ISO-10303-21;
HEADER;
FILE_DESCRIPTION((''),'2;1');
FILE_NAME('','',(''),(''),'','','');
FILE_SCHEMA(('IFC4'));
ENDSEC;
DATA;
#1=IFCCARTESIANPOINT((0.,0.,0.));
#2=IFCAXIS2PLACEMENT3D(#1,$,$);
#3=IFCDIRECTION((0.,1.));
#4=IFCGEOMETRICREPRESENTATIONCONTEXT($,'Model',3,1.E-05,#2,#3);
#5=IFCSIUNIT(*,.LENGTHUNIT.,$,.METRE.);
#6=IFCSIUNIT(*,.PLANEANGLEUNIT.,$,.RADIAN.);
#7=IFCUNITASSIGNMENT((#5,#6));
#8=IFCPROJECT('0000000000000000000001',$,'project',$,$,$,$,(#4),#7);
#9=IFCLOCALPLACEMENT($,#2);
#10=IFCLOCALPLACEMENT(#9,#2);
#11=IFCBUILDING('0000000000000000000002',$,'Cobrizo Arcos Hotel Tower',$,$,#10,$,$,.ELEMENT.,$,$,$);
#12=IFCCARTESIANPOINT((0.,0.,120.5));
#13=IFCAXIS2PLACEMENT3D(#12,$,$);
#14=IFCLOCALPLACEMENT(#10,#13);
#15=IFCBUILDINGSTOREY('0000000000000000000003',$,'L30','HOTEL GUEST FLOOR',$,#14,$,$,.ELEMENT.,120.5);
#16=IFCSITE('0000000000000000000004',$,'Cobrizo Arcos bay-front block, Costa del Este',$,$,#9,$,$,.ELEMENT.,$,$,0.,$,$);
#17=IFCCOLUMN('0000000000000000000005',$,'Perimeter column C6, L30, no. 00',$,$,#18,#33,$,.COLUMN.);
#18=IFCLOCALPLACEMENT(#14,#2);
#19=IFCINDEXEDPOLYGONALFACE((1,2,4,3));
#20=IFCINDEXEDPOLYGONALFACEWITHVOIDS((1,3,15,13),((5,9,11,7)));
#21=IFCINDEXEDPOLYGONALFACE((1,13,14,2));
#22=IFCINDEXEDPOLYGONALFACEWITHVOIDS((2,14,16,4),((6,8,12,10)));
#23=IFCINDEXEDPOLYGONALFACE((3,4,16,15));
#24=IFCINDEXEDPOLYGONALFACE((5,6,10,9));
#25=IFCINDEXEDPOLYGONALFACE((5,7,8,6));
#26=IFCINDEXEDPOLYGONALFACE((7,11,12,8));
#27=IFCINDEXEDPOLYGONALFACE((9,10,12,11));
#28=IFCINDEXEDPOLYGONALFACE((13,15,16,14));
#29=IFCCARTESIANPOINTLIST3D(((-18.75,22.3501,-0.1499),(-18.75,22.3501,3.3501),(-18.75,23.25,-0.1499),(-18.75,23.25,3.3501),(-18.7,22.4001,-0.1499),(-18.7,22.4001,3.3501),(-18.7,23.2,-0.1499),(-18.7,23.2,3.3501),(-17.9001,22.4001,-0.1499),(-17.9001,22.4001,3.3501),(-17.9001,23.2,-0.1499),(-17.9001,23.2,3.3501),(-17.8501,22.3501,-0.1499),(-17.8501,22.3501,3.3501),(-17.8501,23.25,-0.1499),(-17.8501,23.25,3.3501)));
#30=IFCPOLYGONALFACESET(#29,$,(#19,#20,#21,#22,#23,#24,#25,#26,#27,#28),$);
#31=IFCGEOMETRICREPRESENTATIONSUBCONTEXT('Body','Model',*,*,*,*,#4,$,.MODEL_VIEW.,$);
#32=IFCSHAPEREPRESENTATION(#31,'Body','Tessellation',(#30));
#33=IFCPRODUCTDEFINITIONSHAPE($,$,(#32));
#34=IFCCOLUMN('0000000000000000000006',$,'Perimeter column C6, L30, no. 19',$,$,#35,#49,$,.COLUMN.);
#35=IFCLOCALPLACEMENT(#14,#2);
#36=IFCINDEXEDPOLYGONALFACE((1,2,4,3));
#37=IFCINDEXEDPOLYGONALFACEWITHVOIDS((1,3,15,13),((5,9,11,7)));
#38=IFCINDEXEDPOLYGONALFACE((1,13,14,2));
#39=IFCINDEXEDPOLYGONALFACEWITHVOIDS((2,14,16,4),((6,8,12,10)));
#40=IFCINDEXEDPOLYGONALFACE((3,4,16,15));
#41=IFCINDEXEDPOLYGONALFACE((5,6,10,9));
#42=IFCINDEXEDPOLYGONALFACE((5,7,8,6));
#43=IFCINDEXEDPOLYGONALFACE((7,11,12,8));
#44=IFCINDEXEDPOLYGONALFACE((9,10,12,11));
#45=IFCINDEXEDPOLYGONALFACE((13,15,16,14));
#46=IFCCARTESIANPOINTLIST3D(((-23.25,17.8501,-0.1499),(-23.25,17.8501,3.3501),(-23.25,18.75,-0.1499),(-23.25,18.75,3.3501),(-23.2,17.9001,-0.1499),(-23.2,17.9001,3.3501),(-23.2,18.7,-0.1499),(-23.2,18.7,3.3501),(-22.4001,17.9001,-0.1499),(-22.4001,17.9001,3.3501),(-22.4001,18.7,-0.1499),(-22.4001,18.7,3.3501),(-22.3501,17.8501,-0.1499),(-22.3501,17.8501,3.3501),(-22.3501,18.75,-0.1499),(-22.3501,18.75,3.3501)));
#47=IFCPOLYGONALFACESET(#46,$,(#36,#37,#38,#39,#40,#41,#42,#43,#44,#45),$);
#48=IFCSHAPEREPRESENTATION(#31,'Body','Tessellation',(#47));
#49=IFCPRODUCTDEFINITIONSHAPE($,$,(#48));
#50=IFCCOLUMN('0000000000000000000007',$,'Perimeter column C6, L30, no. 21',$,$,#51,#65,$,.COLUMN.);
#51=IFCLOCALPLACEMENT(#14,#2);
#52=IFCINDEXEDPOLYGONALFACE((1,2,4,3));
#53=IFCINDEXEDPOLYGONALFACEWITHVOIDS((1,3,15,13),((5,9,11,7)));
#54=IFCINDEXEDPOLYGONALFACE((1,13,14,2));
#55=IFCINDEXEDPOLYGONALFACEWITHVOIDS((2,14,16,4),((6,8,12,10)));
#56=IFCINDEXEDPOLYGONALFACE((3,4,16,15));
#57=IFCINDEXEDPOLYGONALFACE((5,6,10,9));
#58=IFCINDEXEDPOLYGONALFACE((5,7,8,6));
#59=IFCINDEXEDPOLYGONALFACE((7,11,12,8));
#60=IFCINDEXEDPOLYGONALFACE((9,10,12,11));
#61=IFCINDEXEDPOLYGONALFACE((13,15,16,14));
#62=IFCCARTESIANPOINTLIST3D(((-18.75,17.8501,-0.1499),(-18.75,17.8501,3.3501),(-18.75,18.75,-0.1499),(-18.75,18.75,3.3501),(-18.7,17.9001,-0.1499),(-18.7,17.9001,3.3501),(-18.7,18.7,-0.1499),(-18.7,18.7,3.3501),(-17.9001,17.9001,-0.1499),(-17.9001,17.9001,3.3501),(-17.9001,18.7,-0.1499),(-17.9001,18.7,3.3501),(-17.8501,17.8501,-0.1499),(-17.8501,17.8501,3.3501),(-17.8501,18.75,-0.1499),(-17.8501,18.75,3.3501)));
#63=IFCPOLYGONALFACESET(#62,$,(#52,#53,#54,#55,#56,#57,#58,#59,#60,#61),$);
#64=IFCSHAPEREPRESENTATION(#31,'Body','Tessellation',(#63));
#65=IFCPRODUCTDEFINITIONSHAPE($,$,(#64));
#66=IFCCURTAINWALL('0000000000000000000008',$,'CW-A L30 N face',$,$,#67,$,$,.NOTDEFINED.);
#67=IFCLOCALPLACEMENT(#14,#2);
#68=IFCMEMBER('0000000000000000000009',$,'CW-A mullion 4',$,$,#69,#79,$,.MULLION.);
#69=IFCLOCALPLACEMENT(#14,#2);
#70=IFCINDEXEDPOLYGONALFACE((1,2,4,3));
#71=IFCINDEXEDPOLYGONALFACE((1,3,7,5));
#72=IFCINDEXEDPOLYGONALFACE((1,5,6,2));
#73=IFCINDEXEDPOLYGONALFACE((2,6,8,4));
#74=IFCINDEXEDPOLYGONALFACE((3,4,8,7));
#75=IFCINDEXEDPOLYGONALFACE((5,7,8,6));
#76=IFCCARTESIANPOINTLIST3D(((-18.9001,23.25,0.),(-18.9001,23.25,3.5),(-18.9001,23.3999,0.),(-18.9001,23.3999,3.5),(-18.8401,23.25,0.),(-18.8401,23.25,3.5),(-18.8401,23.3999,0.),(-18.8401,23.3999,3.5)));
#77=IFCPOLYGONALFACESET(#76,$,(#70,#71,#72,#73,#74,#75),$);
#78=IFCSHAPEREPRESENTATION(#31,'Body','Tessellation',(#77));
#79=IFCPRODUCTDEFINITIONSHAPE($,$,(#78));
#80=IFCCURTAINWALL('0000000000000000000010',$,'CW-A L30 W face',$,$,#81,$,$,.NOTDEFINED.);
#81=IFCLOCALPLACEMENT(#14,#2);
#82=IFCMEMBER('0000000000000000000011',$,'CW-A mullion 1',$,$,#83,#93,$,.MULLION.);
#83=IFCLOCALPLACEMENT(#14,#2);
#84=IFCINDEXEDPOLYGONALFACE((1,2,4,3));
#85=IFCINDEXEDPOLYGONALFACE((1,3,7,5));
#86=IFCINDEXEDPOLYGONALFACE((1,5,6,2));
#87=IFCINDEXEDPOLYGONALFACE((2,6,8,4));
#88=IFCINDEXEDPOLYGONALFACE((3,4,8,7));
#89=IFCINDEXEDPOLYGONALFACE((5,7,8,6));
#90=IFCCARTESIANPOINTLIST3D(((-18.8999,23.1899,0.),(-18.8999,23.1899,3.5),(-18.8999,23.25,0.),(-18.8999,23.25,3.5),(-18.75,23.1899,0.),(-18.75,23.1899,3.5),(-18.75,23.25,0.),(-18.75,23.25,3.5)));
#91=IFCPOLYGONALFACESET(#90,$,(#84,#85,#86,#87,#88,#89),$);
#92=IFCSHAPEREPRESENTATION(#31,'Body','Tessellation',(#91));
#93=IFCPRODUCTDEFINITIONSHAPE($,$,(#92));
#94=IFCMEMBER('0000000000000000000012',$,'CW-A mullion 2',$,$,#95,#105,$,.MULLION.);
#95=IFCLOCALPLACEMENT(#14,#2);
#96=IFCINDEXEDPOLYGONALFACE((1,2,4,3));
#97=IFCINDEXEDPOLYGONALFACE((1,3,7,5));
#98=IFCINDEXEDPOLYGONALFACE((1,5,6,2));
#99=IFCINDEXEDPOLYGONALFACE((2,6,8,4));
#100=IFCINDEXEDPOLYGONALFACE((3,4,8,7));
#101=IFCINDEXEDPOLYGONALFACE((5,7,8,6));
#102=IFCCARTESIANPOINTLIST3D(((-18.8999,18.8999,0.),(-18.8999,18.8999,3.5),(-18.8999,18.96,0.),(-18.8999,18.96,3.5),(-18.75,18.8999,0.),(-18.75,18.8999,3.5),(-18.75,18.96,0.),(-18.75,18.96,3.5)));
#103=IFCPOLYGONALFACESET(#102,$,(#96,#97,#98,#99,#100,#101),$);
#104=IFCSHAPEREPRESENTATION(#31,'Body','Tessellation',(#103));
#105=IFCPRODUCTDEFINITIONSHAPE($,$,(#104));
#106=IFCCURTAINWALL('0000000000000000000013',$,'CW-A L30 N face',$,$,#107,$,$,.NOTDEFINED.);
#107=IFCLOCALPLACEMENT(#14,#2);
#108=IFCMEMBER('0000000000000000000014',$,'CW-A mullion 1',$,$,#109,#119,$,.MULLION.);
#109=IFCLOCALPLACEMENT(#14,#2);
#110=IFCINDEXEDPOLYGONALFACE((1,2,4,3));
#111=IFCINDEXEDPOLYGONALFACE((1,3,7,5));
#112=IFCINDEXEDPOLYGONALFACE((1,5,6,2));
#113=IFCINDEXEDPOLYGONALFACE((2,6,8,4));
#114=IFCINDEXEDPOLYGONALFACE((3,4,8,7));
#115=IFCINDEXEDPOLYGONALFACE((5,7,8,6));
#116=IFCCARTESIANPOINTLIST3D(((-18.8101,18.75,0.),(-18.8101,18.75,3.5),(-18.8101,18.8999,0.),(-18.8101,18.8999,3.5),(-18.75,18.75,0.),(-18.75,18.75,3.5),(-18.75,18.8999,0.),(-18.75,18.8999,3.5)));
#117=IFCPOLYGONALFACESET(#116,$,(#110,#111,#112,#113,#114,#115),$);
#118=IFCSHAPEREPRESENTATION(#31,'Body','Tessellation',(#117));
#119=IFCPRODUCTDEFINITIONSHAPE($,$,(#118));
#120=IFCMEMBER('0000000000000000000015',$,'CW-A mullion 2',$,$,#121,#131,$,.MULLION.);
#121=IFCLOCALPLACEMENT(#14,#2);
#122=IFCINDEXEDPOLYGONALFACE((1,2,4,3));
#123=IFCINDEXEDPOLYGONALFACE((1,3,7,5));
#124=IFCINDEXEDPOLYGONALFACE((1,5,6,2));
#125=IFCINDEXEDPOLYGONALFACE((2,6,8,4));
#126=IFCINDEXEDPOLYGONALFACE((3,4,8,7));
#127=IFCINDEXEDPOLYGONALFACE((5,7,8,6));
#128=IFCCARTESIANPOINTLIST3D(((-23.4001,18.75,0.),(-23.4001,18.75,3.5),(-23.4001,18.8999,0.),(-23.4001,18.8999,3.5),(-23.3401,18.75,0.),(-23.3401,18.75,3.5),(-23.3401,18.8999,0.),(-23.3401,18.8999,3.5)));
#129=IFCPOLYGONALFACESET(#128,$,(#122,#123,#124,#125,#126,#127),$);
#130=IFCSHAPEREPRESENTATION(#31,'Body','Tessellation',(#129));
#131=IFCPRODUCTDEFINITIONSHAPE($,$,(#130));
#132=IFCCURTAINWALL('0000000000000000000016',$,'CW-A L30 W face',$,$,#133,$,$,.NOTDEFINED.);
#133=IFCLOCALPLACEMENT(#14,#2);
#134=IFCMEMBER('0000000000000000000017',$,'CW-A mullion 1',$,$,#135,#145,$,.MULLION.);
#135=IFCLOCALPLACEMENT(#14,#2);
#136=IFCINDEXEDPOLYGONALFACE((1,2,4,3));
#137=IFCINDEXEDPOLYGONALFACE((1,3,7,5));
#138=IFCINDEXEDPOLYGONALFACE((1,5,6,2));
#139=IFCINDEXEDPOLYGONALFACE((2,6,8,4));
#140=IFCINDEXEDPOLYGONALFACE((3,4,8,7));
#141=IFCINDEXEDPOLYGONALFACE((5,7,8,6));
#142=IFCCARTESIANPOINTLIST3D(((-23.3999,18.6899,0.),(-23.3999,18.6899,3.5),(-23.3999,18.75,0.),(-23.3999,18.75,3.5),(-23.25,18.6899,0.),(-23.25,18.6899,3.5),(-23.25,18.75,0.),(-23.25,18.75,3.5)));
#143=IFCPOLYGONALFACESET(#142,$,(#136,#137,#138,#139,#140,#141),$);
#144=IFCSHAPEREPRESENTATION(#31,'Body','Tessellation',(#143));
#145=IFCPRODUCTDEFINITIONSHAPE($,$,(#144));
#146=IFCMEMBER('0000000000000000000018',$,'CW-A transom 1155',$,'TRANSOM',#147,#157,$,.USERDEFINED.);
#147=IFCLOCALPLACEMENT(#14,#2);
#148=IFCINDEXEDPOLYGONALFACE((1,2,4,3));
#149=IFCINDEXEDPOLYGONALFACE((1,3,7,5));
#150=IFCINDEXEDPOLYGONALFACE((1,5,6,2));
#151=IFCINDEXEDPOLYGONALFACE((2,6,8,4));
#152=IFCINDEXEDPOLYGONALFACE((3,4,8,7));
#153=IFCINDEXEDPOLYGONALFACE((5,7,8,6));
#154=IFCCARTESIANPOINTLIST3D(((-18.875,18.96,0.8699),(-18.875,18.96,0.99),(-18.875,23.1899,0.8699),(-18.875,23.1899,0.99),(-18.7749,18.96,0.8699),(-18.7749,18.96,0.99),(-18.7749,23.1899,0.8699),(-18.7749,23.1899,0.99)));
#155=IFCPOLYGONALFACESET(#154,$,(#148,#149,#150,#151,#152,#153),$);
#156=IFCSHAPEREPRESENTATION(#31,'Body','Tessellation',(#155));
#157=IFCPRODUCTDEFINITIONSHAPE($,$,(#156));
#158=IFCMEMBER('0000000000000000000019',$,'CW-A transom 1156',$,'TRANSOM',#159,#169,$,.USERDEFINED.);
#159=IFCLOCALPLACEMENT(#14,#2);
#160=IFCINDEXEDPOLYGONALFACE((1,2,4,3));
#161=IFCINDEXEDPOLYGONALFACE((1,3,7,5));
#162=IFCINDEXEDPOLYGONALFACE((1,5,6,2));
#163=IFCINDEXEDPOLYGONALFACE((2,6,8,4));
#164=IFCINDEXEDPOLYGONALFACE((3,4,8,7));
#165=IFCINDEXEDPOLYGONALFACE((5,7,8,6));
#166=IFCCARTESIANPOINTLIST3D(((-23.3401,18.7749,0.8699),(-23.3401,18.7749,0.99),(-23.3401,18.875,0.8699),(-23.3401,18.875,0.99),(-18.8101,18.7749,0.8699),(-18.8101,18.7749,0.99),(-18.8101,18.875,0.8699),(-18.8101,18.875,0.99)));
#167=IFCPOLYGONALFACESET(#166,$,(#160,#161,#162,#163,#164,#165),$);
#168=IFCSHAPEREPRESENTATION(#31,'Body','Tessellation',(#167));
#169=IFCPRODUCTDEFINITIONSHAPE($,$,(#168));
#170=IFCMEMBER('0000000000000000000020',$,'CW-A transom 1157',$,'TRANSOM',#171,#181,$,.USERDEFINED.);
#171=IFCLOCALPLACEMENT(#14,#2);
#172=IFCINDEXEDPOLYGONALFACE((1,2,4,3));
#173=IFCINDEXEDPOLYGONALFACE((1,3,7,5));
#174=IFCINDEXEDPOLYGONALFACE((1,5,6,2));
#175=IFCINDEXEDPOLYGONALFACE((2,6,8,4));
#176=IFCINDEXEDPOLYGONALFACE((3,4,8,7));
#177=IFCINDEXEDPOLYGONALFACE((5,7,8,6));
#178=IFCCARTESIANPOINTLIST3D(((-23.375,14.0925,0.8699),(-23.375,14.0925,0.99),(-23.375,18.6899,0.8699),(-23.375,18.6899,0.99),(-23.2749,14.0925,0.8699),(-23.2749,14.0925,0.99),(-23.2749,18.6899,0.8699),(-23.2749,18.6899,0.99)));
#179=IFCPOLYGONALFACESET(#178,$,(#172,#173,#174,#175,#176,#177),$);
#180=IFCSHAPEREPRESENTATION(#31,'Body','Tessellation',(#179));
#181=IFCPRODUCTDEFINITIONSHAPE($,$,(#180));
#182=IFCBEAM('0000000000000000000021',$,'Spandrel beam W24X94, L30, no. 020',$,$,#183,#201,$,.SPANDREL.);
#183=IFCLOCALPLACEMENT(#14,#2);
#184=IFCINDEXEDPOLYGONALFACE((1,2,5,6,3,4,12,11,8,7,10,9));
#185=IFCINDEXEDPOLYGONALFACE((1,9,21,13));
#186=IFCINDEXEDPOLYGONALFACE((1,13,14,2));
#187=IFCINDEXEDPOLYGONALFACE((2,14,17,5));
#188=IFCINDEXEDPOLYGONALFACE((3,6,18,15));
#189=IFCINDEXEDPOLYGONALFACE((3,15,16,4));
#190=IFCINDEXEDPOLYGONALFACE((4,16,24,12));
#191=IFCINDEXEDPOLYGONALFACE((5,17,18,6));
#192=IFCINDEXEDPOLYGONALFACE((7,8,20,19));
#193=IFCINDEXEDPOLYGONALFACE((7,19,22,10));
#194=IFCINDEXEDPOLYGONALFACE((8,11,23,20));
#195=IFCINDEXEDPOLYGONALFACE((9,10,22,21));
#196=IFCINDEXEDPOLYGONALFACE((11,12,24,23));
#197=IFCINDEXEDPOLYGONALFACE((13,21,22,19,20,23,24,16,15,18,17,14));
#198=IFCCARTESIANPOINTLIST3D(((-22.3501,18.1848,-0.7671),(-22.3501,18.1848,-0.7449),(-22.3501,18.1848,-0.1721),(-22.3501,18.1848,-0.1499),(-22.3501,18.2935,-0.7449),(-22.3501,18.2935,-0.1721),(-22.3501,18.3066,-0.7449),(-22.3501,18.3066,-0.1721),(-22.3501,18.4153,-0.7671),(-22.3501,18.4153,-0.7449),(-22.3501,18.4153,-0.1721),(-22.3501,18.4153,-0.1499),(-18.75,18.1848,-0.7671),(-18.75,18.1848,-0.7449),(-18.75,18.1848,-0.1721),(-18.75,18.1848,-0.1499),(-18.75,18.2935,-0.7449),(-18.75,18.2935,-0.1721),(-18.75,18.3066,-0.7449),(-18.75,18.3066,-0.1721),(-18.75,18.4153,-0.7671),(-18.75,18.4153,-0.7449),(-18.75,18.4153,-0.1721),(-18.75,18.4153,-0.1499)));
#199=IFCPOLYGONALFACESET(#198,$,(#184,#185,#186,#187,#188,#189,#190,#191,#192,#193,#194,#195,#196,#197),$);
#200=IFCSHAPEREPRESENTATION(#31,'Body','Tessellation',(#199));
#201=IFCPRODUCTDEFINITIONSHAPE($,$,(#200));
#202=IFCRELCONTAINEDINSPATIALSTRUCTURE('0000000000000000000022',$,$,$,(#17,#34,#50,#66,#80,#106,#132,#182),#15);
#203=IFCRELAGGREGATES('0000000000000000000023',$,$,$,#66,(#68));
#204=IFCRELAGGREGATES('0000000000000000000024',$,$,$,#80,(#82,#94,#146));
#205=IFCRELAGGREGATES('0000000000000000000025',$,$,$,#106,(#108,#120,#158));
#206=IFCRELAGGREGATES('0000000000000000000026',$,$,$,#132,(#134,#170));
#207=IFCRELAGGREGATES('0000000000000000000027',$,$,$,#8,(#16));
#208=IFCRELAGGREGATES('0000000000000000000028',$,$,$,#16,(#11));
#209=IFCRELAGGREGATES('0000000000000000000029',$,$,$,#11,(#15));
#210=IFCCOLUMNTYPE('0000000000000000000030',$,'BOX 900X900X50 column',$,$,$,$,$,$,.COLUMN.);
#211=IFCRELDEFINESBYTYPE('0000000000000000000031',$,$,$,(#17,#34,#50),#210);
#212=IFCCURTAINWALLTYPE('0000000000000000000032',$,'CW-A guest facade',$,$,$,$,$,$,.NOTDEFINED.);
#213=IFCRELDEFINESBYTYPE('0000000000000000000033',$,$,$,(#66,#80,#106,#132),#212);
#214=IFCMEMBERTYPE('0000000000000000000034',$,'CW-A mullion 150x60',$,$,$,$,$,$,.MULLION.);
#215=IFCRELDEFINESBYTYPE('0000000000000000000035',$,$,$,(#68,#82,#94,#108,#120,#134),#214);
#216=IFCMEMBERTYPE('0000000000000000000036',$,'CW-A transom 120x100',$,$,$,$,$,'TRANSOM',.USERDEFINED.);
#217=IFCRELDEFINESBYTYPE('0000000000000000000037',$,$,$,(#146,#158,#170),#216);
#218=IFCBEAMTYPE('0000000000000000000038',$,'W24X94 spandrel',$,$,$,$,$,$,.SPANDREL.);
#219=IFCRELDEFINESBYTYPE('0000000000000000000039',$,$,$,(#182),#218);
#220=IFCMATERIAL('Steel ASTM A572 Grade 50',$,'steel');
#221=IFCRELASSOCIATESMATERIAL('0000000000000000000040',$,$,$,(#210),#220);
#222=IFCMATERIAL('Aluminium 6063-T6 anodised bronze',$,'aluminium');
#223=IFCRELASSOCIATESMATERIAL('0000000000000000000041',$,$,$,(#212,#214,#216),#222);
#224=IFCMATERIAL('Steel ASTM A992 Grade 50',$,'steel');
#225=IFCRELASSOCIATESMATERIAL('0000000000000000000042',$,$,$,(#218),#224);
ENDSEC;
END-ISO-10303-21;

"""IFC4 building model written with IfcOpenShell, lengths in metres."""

from ifc_helpers import new_model, si_unit, direction, frame, origin, origin_2d, place, context, subcontext, project, spatial, rectangle, hollow_rectangle, i_section, extrude, material, material_profile, profile_set, type_object, element, aggregate, save


model = new_model("IFC4")

# Units and contexts
model_context = context("Model", 3, precision=1e-05, world=origin(), true_north=direction((0.0, 1.0)))
body_context = subcontext(model_context, "Body", "Model", "MODEL_VIEW")
ifc_project = project(units=[si_unit("LENGTHUNIT", "METRE"), si_unit("PLANEANGLEUNIT", "RADIAN")], contexts=[model_context])

# Site, building, storey
site_placement = place(None, origin())
site = spatial("IfcSite", under=ifc_project, at=site_placement, Name="Cobrizo Arcos bay-front block, Costa del Este", CompositionType="ELEMENT", RefElevation=0.0)
building_placement = place(site_placement, origin())
building = spatial("IfcBuilding", under=site, at=building_placement, Name="Cobrizo Arcos Hotel Tower", CompositionType="ELEMENT")
storey_placement = place(building_placement, frame((0.0, 0.0, 120.5)))
storey = spatial("IfcBuildingStorey", under=building, at=storey_placement, Name="L30", Description="HOTEL GUEST FLOOR", CompositionType="ELEMENT", Elevation=120.5)

# Columns
ifc_material_1 = material(Name="Steel ASTM A572 Grade 50", Category="steel")
ifc_material_profile_1 = material_profile(ifc_material_1, hollow_rectangle(XDim=0.8999, YDim=0.8999, WallThickness=0.05, at=origin_2d()), Name="BOX 900X900X50")
ifc_profile_set_1 = profile_set([ifc_material_profile_1], Name="Steel ASTM A572 Grade 50")
column_type = type_object("IfcColumnType", Name="BOX 900X900X50 column", PredefinedType="COLUMN", material=ifc_profile_set_1)
for number, where, z_axis, x_axis, name in (
    (1, (-18.3, 22.8, -0.1499), (0.0, 0.0, 1.0), (1.0, 0.0, 0.0), "Perimeter column C6, L30, no. 00"),
    (2, (-22.8, 18.3, -0.1499), (0.0, 0.0, 1.0), (1.0, 0.0, 0.0), "Perimeter column C6, L30, no. 19"),
    (3, (-18.3, 18.3, -0.1499), (0.0, 0.0, 1.0), (1.0, 0.0, 0.0), "Perimeter column C6, L30, no. 21"),
):
    element("IfcColumn", number, at=place(storey_placement, frame(where, z_axis=z_axis, x_axis=x_axis)), inside=storey, type_object=column_type, Name=name, PredefinedType="COLUMN", context=body_context, shape_type="SweptSolid", body=[
        extrude(hollow_rectangle(XDim=0.8999, YDim=0.8999, WallThickness=0.05, at=origin_2d()), origin(), (0.0, 0.0, 1.0), 3.5),
    ])

# Curtain wall, member
ifc_material_2 = material(Name="Aluminium 6063-T6 anodised bronze", Category="aluminium")
curtain_wall_type = type_object("IfcCurtainWallType", Name="CW-A guest facade", PredefinedType="NOTDEFINED", material=ifc_material_2)
curtain_wall_1_placement = place(storey_placement, origin())
curtain_wall_1 = element("IfcCurtainWall", 4, at=curtain_wall_1_placement, inside=storey, type_object=curtain_wall_type, Name="CW-A L30 N face", PredefinedType="NOTDEFINED")
ifc_material_profile_2 = material_profile(ifc_material_2, rectangle(XDim=0.1499, YDim=0.0601, at=origin_2d()), Name="CW-A mullion 150x60")
ifc_profile_set_2 = profile_set([ifc_material_profile_2], Name="Aluminium 6063-T6 anodised bronze")
member_type_1 = type_object("IfcMemberType", Name="CW-A mullion 150x60", PredefinedType="MULLION", material=ifc_profile_set_2)
member_1_placement = place(storey_placement, frame((-18.8701, 23.325, 0.0), z_axis=(0.0, 0.0, 1.0), x_axis=(0.0, 1.0, 0.0)))
member_1 = element("IfcMember", 5, at=member_1_placement, type_object=member_type_1, Name="CW-A mullion 4", PredefinedType="MULLION", context=body_context, shape_type="SweptSolid", body=[
    extrude(rectangle(XDim=0.1499, YDim=0.0601, at=origin_2d()), origin(), (0.0, 0.0, 1.0), 3.5),
])

# Curtain walls, members
curtain_wall_2_placement = place(storey_placement, origin())
curtain_wall_2 = element("IfcCurtainWall", 6, at=curtain_wall_2_placement, inside=storey, type_object=curtain_wall_type, Name="CW-A L30 W face", PredefinedType="NOTDEFINED")
member_2_placement = place(storey_placement, frame((-18.825, 23.22, 0.0), z_axis=(0.0, 0.0, 1.0), x_axis=(-1.0, 0.0, 0.0)))
member_2 = element("IfcMember", 7, at=member_2_placement, type_object=member_type_1, Name="CW-A mullion 1", PredefinedType="MULLION", context=body_context, shape_type="SweptSolid", body=[
    extrude(rectangle(XDim=0.1499, YDim=0.0601, at=origin_2d()), origin(), (0.0, 0.0, 1.0), 3.5),
])
member_3_placement = place(storey_placement, frame((-18.825, 18.9299, 0.0), z_axis=(0.0, 0.0, 1.0), x_axis=(-1.0, 0.0, 0.0)))
member_3 = element("IfcMember", 8, at=member_3_placement, type_object=member_type_1, Name="CW-A mullion 2", PredefinedType="MULLION", context=body_context, shape_type="SweptSolid", body=[
    extrude(rectangle(XDim=0.1499, YDim=0.0601, at=origin_2d()), origin(), (0.0, 0.0, 1.0), 3.5),
])
curtain_wall_3_placement = place(storey_placement, origin())
curtain_wall_3 = element("IfcCurtainWall", 9, at=curtain_wall_3_placement, inside=storey, type_object=curtain_wall_type, Name="CW-A L30 N face", PredefinedType="NOTDEFINED")
member_4_placement = place(storey_placement, frame((-18.78, 18.825, 0.0), z_axis=(0.0, 0.0, 1.0), x_axis=(0.0, 1.0, 0.0)))
member_4 = element("IfcMember", 10, at=member_4_placement, type_object=member_type_1, Name="CW-A mullion 1", PredefinedType="MULLION", context=body_context, shape_type="SweptSolid", body=[
    extrude(rectangle(XDim=0.1499, YDim=0.0601, at=origin_2d()), origin(), (0.0, 0.0, 1.0), 3.5),
])
member_5_placement = place(storey_placement, frame((-23.3701, 18.825, 0.0), z_axis=(0.0, 0.0, 1.0), x_axis=(0.0, 1.0, 0.0)))
member_5 = element("IfcMember", 11, at=member_5_placement, type_object=member_type_1, Name="CW-A mullion 2", PredefinedType="MULLION", context=body_context, shape_type="SweptSolid", body=[
    extrude(rectangle(XDim=0.1499, YDim=0.0601, at=origin_2d()), origin(), (0.0, 0.0, 1.0), 3.5),
])

# Curtain wall, member
curtain_wall_4_placement = place(storey_placement, origin())
curtain_wall_4 = element("IfcCurtainWall", 12, at=curtain_wall_4_placement, inside=storey, type_object=curtain_wall_type, Name="CW-A L30 W face", PredefinedType="NOTDEFINED")
member_6_placement = place(storey_placement, frame((-23.325, 18.72, 0.0), z_axis=(0.0, 0.0, 1.0), x_axis=(-1.0, 0.0, 0.0)))
member_6 = element("IfcMember", 13, at=member_6_placement, type_object=member_type_1, Name="CW-A mullion 1", PredefinedType="MULLION", context=body_context, shape_type="SweptSolid", body=[
    extrude(rectangle(XDim=0.1499, YDim=0.0601, at=origin_2d()), origin(), (0.0, 0.0, 1.0), 3.5),
])

# Members
ifc_material_profile_3 = material_profile(ifc_material_2, rectangle(XDim=0.1001, YDim=0.1201, at=origin_2d()), Name="CW-A transom 120x100")
ifc_profile_set_3 = profile_set([ifc_material_profile_3], Name="Aluminium 6063-T6 anodised bronze")
member_type_2 = type_object("IfcMemberType", Name="CW-A transom 120x100", ElementType="TRANSOM", PredefinedType="USERDEFINED", material=ifc_profile_set_3)
member_7_placement = place(storey_placement, frame((-18.825, 23.1899, 0.9299), z_axis=(0.0, -1.0, 0.0), x_axis=(1.0, 0.0, 0.0)))
member_7 = element("IfcMember", 14, at=member_7_placement, type_object=member_type_2, Name="CW-A transom 1155", ObjectType="TRANSOM", PredefinedType="USERDEFINED", context=body_context, shape_type="SweptSolid", body=[
    extrude(rectangle(XDim=0.1001, YDim=0.1201, at=origin_2d()), origin(), (0.0, 0.0, 1.0), 4.23),
])
member_8_placement = place(storey_placement, frame((-18.8101, 18.825, 0.9299), z_axis=(-1.0, 0.0, 0.0), x_axis=(0.0, -1.0, 0.0)))
member_8 = element("IfcMember", 15, at=member_8_placement, type_object=member_type_2, Name="CW-A transom 1156", ObjectType="TRANSOM", PredefinedType="USERDEFINED", context=body_context, shape_type="SweptSolid", body=[
    extrude(rectangle(XDim=0.1001, YDim=0.1201, at=origin_2d()), origin(), (0.0, 0.0, 1.0), 4.53),
])
member_9_placement = place(storey_placement, frame((-23.325, 18.6899, 0.9299), z_axis=(0.0, -1.0, 0.0), x_axis=(1.0, 0.0, 0.0)))
member_9 = element("IfcMember", 16, at=member_9_placement, type_object=member_type_2, Name="CW-A transom 1157", ObjectType="TRANSOM", PredefinedType="USERDEFINED", context=body_context, shape_type="SweptSolid", body=[
    extrude(rectangle(XDim=0.1001, YDim=0.1201, at=origin_2d()), origin(), (0.0, 0.0, 1.0), 4.5974),
])

# Beam
ifc_material_3 = material(Name="Steel ASTM A992 Grade 50", Category="steel")
ifc_material_profile_4 = material_profile(ifc_material_3, i_section(OverallWidth=0.2305, OverallDepth=0.6172, WebThickness=0.0132, FlangeThickness=0.0222, at=origin_2d()), Name="W24X94")
ifc_profile_set_4 = profile_set([ifc_material_profile_4], Name="Steel ASTM A992 Grade 50")
beam_type = type_object("IfcBeamType", Name="W24X94 spandrel", PredefinedType="SPANDREL", material=ifc_profile_set_4)
for number, where, z_axis, x_axis, name in (
    (17, (-22.3501, 18.3, -0.4585), (1.0, 0.0, 0.0), (0.0, 1.0, 0.0), "Spandrel beam W24X94, L30, no. 020"),
):
    element("IfcBeam", number, at=place(storey_placement, frame(where, z_axis=z_axis, x_axis=x_axis)), inside=storey, type_object=beam_type, Name=name, PredefinedType="SPANDREL", context=body_context, shape_type="SweptSolid", body=[
        extrude(i_section(OverallWidth=0.2305, OverallDepth=0.6172, WebThickness=0.0132, FlangeThickness=0.0222, at=origin_2d()), origin(), (0.0, 0.0, 1.0), 3.6001),
    ])

aggregate(curtain_wall_1, [member_1])
aggregate(curtain_wall_2, [member_2, member_3, member_7])
aggregate(curtain_wall_3, [member_4, member_5, member_8])
aggregate(curtain_wall_4, [member_6, member_9])

save(model, "model.ifc")
